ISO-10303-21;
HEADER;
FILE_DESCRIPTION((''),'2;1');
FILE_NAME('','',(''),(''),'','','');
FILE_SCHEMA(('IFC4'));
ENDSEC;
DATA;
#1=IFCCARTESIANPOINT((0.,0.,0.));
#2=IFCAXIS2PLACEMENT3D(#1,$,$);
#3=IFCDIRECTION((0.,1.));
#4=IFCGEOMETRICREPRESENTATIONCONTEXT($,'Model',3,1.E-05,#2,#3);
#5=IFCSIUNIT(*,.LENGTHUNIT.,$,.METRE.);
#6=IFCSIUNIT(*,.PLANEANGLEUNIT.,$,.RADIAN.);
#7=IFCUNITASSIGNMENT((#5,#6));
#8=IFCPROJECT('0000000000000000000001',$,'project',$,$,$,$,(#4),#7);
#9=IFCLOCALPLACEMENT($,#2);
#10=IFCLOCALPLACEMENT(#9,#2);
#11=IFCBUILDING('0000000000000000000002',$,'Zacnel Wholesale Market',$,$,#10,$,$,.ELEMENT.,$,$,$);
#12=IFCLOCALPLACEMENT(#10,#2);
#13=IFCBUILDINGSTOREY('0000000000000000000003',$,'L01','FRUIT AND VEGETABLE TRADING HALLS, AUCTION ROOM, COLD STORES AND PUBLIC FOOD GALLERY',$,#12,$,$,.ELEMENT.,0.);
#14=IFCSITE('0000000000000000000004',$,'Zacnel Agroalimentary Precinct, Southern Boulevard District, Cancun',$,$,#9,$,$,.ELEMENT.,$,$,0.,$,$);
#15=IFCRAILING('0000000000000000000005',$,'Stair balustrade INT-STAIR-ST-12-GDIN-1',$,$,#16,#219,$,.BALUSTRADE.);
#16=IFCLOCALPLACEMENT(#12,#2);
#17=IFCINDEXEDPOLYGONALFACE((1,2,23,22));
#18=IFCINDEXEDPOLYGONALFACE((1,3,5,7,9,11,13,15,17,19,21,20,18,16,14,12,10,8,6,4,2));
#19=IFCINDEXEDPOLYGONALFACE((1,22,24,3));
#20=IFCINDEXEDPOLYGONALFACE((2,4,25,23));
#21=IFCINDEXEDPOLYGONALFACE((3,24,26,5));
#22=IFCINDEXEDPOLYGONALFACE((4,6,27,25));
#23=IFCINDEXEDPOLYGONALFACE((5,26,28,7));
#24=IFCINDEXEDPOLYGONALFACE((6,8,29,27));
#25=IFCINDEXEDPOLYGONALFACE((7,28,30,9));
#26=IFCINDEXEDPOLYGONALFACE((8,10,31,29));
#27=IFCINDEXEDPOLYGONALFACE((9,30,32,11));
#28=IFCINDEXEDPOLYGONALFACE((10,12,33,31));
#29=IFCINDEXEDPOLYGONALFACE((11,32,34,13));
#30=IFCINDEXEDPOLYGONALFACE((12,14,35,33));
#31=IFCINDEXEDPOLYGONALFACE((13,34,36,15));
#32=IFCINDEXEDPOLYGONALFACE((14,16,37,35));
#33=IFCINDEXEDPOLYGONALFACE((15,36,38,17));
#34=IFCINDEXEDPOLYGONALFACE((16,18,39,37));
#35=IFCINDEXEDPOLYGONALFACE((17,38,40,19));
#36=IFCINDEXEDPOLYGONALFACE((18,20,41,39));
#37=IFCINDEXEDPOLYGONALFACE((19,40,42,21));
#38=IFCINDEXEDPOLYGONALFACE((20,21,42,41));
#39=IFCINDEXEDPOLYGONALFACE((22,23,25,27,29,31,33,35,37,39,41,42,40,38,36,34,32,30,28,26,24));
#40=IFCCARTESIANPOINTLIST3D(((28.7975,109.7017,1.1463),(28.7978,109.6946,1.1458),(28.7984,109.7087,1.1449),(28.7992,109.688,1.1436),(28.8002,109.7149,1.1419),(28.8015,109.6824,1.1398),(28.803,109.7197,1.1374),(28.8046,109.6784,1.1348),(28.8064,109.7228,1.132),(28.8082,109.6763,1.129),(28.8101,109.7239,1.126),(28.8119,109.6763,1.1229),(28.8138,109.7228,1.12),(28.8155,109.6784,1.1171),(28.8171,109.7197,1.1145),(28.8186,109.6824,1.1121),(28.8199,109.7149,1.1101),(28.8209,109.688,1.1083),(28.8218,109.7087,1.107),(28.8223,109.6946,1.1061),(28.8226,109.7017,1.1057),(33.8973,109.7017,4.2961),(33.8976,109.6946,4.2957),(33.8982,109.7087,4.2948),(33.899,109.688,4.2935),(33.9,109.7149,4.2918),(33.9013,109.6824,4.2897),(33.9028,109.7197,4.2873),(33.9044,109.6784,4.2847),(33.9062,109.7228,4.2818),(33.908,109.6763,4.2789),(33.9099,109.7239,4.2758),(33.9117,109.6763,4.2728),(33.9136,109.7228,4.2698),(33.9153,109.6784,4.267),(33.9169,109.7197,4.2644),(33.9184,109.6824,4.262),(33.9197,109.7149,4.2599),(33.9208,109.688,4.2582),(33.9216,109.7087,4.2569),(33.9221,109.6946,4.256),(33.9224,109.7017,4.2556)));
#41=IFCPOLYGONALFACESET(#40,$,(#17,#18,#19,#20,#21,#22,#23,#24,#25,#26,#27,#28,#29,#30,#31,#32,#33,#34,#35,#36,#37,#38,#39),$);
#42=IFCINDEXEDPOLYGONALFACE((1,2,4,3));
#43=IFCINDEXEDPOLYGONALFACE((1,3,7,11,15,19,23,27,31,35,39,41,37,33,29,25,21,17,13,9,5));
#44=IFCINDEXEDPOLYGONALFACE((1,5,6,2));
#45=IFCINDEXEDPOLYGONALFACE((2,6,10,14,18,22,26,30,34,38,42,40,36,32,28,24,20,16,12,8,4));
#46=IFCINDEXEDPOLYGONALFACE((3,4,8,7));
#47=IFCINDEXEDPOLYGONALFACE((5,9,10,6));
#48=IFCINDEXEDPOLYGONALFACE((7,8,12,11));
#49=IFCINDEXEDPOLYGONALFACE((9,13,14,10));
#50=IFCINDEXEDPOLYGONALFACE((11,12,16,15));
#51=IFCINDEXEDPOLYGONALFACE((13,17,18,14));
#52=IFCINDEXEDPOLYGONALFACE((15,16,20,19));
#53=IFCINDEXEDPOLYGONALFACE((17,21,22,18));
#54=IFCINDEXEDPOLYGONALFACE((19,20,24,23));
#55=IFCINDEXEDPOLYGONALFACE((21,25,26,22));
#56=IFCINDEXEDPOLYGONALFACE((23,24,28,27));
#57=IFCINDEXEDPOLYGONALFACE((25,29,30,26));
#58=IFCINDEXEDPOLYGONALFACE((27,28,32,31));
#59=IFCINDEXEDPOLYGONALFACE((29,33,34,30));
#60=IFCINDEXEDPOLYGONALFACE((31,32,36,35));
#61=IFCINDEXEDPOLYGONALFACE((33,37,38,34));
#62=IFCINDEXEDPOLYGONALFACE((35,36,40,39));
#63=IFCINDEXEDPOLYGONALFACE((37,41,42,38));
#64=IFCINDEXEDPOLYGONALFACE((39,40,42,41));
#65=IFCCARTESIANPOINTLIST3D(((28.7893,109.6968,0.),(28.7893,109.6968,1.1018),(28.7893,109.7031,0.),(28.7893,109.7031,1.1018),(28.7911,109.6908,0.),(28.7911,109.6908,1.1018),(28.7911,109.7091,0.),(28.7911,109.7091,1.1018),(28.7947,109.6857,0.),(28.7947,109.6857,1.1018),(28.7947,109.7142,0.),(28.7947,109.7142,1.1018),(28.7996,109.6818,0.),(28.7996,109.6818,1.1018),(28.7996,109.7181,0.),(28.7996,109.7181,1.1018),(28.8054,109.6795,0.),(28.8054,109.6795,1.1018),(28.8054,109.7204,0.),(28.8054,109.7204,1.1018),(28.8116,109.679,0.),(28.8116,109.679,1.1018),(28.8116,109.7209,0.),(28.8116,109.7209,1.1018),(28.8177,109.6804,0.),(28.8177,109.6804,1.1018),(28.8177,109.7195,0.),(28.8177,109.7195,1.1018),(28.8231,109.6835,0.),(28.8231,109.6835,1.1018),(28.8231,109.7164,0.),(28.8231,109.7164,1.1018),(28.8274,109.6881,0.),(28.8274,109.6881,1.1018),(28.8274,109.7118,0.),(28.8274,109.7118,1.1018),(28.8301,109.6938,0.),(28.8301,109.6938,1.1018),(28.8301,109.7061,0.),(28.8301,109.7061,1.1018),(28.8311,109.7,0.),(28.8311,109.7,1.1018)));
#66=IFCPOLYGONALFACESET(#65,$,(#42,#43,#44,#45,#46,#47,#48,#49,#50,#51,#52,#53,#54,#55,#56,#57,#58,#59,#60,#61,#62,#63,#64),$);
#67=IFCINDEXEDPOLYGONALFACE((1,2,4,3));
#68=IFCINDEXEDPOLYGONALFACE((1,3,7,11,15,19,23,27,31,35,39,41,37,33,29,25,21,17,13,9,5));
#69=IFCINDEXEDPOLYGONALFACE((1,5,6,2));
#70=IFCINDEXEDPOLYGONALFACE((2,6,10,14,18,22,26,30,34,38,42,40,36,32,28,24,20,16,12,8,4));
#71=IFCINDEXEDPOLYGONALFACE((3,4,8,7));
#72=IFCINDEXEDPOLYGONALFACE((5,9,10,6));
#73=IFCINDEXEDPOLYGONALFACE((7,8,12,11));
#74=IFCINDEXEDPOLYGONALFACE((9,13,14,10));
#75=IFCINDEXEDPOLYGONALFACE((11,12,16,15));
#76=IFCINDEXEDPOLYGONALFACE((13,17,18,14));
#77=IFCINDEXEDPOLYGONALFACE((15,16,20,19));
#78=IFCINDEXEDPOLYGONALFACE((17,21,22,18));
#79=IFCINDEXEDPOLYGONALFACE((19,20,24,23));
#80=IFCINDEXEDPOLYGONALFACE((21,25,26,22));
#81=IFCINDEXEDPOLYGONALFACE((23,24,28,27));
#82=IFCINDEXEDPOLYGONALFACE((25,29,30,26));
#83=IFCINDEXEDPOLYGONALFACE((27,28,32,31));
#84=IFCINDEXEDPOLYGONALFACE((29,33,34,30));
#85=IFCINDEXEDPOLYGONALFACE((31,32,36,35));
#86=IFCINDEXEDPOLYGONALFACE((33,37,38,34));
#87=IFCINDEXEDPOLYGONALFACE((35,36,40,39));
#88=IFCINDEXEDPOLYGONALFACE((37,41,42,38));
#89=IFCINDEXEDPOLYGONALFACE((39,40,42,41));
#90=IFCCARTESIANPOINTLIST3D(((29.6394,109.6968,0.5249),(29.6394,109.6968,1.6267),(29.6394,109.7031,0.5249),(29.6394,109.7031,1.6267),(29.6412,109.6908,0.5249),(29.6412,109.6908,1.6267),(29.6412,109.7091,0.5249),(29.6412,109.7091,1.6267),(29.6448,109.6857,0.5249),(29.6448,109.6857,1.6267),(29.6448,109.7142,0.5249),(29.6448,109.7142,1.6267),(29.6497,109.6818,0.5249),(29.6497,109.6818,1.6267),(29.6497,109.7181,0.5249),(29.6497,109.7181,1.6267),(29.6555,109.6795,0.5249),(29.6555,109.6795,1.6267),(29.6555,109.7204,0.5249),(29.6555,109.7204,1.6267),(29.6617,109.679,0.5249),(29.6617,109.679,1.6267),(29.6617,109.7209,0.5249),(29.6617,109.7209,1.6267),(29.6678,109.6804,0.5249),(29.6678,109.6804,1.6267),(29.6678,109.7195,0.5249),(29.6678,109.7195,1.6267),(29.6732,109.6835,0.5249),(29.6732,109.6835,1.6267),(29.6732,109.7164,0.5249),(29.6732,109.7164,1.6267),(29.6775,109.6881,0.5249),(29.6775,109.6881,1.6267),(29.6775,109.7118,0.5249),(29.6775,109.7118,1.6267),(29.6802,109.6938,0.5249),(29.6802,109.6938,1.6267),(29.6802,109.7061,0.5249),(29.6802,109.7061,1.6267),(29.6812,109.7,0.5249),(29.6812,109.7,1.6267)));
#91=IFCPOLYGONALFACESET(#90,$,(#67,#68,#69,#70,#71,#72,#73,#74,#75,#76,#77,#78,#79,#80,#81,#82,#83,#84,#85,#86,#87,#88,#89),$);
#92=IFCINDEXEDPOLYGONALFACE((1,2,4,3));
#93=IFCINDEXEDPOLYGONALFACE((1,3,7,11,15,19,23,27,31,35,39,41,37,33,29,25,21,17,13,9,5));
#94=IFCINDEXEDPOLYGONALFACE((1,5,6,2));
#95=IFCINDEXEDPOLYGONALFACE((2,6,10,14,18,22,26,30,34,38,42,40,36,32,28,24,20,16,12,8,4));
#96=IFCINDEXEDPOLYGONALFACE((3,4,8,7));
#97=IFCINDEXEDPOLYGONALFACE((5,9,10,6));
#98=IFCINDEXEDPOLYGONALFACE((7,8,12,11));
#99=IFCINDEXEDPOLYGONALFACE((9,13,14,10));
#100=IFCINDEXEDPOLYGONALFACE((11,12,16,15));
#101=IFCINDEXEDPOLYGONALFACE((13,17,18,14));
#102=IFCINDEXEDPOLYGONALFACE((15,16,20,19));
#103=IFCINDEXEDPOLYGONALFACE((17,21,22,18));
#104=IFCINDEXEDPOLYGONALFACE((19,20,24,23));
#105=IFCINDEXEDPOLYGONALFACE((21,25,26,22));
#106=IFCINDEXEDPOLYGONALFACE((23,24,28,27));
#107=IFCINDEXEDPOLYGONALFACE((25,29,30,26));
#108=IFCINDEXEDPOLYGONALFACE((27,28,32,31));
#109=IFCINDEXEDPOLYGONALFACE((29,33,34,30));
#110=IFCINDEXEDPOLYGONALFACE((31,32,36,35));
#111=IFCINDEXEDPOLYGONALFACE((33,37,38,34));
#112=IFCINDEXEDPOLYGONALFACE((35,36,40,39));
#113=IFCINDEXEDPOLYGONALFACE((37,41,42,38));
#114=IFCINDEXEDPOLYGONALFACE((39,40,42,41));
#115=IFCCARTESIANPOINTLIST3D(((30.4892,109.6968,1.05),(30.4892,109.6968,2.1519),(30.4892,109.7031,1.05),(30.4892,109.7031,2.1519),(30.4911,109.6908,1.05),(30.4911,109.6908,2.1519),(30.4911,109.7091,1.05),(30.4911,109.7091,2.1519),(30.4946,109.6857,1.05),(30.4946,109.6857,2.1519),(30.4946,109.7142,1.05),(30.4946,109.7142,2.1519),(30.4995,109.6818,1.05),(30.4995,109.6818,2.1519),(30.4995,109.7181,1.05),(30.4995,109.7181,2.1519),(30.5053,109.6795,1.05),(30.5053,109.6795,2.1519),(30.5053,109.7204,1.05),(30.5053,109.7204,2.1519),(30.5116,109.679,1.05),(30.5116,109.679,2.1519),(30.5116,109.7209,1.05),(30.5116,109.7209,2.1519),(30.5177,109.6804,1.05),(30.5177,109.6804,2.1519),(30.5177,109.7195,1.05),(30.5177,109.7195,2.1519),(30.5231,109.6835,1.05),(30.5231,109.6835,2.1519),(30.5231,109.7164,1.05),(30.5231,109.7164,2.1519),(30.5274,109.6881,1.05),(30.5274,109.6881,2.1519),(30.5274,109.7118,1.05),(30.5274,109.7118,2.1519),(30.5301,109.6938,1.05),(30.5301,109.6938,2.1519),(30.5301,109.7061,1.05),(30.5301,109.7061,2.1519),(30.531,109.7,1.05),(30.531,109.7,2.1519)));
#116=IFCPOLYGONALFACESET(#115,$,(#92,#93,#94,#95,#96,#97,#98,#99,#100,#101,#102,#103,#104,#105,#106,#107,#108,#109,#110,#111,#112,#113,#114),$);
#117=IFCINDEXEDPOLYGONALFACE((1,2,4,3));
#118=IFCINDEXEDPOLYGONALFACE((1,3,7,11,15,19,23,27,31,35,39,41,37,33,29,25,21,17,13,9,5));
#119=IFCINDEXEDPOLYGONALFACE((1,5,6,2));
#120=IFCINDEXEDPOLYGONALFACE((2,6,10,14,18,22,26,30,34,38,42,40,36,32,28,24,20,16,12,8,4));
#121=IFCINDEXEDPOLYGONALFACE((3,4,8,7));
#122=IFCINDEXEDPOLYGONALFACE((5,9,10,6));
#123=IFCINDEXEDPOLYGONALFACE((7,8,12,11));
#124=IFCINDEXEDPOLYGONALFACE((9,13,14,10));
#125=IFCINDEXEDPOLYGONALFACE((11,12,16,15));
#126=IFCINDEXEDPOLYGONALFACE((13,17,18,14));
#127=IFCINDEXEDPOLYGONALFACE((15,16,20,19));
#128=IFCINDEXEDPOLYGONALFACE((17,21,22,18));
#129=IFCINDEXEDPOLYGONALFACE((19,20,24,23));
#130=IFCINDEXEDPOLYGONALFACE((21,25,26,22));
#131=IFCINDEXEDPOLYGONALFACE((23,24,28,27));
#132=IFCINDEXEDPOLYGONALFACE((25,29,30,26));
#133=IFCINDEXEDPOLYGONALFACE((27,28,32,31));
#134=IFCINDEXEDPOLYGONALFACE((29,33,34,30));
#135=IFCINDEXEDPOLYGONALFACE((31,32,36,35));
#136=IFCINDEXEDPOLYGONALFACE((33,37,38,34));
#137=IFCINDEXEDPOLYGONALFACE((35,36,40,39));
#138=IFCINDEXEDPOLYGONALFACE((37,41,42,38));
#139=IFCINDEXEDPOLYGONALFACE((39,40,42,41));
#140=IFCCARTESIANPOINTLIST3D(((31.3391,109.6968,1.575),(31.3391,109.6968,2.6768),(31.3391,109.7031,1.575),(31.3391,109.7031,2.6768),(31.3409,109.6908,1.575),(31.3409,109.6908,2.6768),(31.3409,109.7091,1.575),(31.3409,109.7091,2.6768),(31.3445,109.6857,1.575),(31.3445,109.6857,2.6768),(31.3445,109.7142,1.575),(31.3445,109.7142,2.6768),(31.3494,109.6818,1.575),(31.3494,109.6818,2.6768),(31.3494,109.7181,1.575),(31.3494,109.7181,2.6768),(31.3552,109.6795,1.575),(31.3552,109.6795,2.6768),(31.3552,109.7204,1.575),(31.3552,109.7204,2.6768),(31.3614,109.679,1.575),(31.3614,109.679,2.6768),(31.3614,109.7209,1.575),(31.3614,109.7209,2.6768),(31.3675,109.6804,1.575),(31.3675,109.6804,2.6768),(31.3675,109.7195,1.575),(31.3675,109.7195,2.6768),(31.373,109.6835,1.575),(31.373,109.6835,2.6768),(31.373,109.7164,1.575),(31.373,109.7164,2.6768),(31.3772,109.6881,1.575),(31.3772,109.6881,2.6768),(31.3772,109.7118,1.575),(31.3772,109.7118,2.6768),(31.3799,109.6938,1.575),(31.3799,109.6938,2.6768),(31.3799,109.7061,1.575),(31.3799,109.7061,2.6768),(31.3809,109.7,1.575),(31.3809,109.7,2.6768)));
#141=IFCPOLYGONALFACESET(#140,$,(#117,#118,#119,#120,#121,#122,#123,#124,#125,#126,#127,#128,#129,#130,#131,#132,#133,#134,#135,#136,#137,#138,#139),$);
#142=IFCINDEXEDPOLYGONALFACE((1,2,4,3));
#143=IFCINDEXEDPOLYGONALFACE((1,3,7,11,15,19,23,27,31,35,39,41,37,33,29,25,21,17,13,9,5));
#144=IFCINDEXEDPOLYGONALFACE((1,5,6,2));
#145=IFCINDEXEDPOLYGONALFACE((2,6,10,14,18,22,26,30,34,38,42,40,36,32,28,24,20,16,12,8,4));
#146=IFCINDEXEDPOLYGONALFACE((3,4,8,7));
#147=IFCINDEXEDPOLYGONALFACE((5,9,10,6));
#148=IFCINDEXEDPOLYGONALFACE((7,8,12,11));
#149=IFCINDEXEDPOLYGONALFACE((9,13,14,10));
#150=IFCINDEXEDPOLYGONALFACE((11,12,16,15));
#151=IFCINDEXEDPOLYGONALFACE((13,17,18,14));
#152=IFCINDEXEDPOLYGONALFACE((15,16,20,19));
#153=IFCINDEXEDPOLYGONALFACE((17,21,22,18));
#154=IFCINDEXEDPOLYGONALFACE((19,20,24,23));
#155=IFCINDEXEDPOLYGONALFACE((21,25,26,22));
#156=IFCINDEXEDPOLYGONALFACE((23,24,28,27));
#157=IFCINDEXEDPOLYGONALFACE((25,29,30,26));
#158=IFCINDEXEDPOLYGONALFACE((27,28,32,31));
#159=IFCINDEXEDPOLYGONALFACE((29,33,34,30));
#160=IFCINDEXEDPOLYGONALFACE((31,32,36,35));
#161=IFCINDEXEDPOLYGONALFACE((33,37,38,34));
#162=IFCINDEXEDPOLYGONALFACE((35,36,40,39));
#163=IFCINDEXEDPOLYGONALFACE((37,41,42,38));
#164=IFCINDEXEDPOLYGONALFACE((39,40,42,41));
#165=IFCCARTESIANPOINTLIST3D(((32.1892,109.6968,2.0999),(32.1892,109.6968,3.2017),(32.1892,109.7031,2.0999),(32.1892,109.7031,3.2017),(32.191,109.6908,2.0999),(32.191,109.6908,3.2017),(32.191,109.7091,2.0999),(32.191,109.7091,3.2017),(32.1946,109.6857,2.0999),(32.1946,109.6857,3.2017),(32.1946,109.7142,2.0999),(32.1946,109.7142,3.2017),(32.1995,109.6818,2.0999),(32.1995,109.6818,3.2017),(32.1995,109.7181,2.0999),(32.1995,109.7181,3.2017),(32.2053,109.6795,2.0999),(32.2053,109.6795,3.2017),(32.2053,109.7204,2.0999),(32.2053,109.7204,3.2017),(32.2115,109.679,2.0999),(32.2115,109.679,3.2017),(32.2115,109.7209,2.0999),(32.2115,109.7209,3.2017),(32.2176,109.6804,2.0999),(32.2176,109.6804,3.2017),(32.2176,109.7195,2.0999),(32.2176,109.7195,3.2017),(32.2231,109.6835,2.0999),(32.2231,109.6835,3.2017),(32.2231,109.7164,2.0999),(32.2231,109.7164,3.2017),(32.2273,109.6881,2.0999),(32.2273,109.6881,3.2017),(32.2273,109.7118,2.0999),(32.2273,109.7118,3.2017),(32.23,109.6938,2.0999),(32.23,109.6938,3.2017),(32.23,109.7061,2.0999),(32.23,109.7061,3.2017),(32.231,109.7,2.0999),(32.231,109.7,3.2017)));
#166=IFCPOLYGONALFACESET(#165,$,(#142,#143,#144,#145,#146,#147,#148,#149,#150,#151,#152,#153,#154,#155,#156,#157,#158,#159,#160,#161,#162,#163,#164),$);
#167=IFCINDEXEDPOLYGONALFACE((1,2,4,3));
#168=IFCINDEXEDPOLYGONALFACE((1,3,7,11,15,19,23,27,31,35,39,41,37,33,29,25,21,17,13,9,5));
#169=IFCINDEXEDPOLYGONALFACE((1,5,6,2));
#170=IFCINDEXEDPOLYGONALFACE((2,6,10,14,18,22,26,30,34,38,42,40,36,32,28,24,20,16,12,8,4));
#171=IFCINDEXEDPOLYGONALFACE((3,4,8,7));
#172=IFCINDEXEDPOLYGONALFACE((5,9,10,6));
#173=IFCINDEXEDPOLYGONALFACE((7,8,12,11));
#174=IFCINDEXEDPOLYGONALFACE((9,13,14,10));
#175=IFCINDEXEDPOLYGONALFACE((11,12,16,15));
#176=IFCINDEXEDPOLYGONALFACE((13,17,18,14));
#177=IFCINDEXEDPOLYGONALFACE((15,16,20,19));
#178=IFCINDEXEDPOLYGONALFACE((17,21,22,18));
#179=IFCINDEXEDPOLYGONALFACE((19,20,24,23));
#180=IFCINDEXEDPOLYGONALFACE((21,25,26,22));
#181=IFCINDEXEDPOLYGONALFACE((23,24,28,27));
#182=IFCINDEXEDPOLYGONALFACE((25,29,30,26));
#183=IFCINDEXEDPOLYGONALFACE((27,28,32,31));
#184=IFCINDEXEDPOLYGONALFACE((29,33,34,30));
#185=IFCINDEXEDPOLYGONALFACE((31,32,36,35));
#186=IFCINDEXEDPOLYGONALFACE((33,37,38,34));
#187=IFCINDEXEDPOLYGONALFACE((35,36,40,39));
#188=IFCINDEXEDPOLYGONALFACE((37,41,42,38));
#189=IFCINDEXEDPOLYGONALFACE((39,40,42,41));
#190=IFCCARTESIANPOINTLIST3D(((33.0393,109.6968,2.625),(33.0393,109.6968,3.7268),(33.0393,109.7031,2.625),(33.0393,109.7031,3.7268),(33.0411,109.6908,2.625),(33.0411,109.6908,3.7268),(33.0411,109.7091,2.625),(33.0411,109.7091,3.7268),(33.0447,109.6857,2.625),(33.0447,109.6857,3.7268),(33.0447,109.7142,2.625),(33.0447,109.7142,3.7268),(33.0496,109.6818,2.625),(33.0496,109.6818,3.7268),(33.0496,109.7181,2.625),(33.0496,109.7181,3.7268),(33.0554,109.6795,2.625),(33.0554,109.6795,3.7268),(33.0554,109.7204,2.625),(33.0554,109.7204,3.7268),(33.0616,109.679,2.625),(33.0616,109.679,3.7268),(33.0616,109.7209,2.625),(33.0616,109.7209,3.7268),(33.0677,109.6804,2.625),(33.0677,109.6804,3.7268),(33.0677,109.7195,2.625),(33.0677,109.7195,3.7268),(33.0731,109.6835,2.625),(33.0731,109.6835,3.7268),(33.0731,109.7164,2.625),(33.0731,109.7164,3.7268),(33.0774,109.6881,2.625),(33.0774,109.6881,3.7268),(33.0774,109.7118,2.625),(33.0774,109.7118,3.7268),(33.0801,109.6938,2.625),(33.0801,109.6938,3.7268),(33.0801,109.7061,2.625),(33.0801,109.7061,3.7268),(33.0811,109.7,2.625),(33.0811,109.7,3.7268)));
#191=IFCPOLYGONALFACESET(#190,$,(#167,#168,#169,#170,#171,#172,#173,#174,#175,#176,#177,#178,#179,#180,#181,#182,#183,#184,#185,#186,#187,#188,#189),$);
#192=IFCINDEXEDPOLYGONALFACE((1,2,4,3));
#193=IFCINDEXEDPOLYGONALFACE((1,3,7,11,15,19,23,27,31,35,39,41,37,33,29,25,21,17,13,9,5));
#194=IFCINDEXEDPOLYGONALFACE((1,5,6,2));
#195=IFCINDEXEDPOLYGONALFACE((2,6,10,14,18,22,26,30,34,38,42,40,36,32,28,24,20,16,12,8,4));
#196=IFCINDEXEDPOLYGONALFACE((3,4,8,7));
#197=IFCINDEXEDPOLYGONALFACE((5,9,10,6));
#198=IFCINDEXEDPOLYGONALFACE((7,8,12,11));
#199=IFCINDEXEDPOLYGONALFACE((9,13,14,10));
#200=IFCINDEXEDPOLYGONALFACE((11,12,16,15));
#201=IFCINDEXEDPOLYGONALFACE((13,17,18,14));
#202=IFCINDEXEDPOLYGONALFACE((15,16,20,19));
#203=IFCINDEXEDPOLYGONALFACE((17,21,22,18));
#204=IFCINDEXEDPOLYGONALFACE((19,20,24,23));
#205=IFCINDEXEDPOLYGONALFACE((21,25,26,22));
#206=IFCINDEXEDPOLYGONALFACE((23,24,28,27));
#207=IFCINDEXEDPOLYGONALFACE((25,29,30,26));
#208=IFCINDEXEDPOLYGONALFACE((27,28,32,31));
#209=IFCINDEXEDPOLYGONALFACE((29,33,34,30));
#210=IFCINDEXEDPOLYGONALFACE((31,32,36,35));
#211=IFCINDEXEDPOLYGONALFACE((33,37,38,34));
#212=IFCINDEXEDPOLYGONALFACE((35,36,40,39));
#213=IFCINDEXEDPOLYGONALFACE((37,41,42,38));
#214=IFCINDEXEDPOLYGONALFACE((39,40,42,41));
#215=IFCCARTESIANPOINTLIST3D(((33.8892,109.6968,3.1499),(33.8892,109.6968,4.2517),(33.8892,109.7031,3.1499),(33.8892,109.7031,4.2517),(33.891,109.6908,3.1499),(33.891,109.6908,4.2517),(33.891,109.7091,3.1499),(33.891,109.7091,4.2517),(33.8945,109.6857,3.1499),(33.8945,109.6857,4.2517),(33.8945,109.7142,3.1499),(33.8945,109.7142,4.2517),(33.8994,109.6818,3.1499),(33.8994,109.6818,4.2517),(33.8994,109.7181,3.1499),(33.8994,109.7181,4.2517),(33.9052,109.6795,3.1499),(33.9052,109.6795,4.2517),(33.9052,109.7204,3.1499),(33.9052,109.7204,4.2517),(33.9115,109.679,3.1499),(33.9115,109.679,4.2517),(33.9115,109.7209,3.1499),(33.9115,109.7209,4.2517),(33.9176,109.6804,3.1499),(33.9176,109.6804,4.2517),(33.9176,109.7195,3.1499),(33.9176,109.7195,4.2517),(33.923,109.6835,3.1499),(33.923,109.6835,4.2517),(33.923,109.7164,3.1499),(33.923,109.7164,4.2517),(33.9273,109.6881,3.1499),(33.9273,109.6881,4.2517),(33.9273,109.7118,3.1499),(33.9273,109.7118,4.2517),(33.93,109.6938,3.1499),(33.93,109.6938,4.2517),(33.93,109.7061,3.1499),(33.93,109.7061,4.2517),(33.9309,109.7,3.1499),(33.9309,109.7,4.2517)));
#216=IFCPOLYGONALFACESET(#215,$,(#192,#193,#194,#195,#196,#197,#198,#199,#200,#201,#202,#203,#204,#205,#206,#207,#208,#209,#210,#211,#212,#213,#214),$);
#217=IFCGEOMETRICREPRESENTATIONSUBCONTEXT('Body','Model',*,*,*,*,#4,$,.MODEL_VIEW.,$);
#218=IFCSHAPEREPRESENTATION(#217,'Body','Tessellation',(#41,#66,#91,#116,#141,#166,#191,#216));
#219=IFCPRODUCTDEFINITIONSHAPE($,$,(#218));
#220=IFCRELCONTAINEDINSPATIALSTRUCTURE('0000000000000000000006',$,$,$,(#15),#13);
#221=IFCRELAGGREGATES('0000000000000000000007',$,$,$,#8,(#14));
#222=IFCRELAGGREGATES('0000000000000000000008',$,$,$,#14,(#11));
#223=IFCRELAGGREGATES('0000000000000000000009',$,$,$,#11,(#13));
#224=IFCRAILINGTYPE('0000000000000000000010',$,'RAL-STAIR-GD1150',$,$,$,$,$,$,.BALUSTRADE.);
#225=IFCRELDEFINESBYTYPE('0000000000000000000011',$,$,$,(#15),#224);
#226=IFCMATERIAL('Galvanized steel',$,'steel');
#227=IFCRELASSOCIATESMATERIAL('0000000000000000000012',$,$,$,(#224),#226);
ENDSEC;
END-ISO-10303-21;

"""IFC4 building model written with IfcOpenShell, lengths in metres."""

from ifc_helpers import new_model, si_unit, direction, frame, origin, origin_2d, place, context, subcontext, project, spatial, circle, extrude, material, type_object, element, save


model = new_model("IFC4")

# Units and contexts
model_context = context("Model", 3, precision=1e-05, world=origin(), true_north=direction((0.0, 1.0)))
body_context = subcontext(model_context, "Body", "Model", "MODEL_VIEW")
ifc_project = project(units=[si_unit("LENGTHUNIT", "METRE"), si_unit("PLANEANGLEUNIT", "RADIAN")], contexts=[model_context])

# Site, building, storey
site_placement = place(None, origin())
site = spatial("IfcSite", under=ifc_project, at=site_placement, Name="Zacnel Agroalimentary Precinct, Southern Boulevard District, Cancun", CompositionType="ELEMENT", RefElevation=0.0)
building_placement = place(site_placement, origin())
building = spatial("IfcBuilding", under=site, at=building_placement, Name="Zacnel Wholesale Market", CompositionType="ELEMENT")
storey_placement = place(building_placement, origin())
storey = spatial("IfcBuildingStorey", under=building, at=storey_placement, Name="L01", Description="FRUIT AND VEGETABLE TRADING HALLS, AUCTION ROOM, COLD STORES AND PUBLIC FOOD GALLERY", CompositionType="ELEMENT", Elevation=0.0)

# Railing
ifc_material_1 = material(Name="Galvanized steel", Category="steel")
railing_type_1 = type_object("IfcRailingType", Name="RAL-STAIR-GD1150", PredefinedType="BALUSTRADE", material=ifc_material_1)
railing_1_placement = place(storey_placement, frame((28.8101, 109.7, 0.0)))
element("IfcRailing", 1, at=railing_1_placement, inside=storey, type_object=railing_type_1, Name="Stair balustrade INT-STAIR-ST-12-GDIN-1", PredefinedType="BALUSTRADE", context=body_context, shape_type="SweptSolid", body=[
    extrude(circle(Radius=0.0239, at=origin_2d()), frame((0.0, 0.0, 1.126), z_axis=(0.850799, 0.0, 0.525492), x_axis=(0.0, 1.0, 0.0)), (0.0, 0.0, 1.0), 5.9941),
    extrude(circle(Radius=0.021, at=origin_2d()), origin(), (0.0, 0.0, 1.0), 1.1018),
    extrude(circle(Radius=0.021, at=origin_2d()), frame((0.8501, 0.0, 0.5249)), (0.0, 0.0, 1.0), 1.1018),
    extrude(circle(Radius=0.021, at=origin_2d()), frame((1.7, 0.0, 1.05)), (0.0, 0.0, 1.0), 1.1018),
    extrude(circle(Radius=0.021, at=origin_2d()), frame((2.5498, 0.0, 1.575)), (0.0, 0.0, 1.0), 1.1018),
    extrude(circle(Radius=0.021, at=origin_2d()), frame((3.3999, 0.0, 2.0999)), (0.0, 0.0, 1.0), 1.1018),
    extrude(circle(Radius=0.021, at=origin_2d()), frame((4.25, 0.0, 2.625)), (0.0, 0.0, 1.0), 1.1018),
    extrude(circle(Radius=0.021, at=origin_2d()), frame((5.0999, 0.0, 3.1499)), (0.0, 0.0, 1.0), 1.1018),
])

save(model, "model.ifc")
